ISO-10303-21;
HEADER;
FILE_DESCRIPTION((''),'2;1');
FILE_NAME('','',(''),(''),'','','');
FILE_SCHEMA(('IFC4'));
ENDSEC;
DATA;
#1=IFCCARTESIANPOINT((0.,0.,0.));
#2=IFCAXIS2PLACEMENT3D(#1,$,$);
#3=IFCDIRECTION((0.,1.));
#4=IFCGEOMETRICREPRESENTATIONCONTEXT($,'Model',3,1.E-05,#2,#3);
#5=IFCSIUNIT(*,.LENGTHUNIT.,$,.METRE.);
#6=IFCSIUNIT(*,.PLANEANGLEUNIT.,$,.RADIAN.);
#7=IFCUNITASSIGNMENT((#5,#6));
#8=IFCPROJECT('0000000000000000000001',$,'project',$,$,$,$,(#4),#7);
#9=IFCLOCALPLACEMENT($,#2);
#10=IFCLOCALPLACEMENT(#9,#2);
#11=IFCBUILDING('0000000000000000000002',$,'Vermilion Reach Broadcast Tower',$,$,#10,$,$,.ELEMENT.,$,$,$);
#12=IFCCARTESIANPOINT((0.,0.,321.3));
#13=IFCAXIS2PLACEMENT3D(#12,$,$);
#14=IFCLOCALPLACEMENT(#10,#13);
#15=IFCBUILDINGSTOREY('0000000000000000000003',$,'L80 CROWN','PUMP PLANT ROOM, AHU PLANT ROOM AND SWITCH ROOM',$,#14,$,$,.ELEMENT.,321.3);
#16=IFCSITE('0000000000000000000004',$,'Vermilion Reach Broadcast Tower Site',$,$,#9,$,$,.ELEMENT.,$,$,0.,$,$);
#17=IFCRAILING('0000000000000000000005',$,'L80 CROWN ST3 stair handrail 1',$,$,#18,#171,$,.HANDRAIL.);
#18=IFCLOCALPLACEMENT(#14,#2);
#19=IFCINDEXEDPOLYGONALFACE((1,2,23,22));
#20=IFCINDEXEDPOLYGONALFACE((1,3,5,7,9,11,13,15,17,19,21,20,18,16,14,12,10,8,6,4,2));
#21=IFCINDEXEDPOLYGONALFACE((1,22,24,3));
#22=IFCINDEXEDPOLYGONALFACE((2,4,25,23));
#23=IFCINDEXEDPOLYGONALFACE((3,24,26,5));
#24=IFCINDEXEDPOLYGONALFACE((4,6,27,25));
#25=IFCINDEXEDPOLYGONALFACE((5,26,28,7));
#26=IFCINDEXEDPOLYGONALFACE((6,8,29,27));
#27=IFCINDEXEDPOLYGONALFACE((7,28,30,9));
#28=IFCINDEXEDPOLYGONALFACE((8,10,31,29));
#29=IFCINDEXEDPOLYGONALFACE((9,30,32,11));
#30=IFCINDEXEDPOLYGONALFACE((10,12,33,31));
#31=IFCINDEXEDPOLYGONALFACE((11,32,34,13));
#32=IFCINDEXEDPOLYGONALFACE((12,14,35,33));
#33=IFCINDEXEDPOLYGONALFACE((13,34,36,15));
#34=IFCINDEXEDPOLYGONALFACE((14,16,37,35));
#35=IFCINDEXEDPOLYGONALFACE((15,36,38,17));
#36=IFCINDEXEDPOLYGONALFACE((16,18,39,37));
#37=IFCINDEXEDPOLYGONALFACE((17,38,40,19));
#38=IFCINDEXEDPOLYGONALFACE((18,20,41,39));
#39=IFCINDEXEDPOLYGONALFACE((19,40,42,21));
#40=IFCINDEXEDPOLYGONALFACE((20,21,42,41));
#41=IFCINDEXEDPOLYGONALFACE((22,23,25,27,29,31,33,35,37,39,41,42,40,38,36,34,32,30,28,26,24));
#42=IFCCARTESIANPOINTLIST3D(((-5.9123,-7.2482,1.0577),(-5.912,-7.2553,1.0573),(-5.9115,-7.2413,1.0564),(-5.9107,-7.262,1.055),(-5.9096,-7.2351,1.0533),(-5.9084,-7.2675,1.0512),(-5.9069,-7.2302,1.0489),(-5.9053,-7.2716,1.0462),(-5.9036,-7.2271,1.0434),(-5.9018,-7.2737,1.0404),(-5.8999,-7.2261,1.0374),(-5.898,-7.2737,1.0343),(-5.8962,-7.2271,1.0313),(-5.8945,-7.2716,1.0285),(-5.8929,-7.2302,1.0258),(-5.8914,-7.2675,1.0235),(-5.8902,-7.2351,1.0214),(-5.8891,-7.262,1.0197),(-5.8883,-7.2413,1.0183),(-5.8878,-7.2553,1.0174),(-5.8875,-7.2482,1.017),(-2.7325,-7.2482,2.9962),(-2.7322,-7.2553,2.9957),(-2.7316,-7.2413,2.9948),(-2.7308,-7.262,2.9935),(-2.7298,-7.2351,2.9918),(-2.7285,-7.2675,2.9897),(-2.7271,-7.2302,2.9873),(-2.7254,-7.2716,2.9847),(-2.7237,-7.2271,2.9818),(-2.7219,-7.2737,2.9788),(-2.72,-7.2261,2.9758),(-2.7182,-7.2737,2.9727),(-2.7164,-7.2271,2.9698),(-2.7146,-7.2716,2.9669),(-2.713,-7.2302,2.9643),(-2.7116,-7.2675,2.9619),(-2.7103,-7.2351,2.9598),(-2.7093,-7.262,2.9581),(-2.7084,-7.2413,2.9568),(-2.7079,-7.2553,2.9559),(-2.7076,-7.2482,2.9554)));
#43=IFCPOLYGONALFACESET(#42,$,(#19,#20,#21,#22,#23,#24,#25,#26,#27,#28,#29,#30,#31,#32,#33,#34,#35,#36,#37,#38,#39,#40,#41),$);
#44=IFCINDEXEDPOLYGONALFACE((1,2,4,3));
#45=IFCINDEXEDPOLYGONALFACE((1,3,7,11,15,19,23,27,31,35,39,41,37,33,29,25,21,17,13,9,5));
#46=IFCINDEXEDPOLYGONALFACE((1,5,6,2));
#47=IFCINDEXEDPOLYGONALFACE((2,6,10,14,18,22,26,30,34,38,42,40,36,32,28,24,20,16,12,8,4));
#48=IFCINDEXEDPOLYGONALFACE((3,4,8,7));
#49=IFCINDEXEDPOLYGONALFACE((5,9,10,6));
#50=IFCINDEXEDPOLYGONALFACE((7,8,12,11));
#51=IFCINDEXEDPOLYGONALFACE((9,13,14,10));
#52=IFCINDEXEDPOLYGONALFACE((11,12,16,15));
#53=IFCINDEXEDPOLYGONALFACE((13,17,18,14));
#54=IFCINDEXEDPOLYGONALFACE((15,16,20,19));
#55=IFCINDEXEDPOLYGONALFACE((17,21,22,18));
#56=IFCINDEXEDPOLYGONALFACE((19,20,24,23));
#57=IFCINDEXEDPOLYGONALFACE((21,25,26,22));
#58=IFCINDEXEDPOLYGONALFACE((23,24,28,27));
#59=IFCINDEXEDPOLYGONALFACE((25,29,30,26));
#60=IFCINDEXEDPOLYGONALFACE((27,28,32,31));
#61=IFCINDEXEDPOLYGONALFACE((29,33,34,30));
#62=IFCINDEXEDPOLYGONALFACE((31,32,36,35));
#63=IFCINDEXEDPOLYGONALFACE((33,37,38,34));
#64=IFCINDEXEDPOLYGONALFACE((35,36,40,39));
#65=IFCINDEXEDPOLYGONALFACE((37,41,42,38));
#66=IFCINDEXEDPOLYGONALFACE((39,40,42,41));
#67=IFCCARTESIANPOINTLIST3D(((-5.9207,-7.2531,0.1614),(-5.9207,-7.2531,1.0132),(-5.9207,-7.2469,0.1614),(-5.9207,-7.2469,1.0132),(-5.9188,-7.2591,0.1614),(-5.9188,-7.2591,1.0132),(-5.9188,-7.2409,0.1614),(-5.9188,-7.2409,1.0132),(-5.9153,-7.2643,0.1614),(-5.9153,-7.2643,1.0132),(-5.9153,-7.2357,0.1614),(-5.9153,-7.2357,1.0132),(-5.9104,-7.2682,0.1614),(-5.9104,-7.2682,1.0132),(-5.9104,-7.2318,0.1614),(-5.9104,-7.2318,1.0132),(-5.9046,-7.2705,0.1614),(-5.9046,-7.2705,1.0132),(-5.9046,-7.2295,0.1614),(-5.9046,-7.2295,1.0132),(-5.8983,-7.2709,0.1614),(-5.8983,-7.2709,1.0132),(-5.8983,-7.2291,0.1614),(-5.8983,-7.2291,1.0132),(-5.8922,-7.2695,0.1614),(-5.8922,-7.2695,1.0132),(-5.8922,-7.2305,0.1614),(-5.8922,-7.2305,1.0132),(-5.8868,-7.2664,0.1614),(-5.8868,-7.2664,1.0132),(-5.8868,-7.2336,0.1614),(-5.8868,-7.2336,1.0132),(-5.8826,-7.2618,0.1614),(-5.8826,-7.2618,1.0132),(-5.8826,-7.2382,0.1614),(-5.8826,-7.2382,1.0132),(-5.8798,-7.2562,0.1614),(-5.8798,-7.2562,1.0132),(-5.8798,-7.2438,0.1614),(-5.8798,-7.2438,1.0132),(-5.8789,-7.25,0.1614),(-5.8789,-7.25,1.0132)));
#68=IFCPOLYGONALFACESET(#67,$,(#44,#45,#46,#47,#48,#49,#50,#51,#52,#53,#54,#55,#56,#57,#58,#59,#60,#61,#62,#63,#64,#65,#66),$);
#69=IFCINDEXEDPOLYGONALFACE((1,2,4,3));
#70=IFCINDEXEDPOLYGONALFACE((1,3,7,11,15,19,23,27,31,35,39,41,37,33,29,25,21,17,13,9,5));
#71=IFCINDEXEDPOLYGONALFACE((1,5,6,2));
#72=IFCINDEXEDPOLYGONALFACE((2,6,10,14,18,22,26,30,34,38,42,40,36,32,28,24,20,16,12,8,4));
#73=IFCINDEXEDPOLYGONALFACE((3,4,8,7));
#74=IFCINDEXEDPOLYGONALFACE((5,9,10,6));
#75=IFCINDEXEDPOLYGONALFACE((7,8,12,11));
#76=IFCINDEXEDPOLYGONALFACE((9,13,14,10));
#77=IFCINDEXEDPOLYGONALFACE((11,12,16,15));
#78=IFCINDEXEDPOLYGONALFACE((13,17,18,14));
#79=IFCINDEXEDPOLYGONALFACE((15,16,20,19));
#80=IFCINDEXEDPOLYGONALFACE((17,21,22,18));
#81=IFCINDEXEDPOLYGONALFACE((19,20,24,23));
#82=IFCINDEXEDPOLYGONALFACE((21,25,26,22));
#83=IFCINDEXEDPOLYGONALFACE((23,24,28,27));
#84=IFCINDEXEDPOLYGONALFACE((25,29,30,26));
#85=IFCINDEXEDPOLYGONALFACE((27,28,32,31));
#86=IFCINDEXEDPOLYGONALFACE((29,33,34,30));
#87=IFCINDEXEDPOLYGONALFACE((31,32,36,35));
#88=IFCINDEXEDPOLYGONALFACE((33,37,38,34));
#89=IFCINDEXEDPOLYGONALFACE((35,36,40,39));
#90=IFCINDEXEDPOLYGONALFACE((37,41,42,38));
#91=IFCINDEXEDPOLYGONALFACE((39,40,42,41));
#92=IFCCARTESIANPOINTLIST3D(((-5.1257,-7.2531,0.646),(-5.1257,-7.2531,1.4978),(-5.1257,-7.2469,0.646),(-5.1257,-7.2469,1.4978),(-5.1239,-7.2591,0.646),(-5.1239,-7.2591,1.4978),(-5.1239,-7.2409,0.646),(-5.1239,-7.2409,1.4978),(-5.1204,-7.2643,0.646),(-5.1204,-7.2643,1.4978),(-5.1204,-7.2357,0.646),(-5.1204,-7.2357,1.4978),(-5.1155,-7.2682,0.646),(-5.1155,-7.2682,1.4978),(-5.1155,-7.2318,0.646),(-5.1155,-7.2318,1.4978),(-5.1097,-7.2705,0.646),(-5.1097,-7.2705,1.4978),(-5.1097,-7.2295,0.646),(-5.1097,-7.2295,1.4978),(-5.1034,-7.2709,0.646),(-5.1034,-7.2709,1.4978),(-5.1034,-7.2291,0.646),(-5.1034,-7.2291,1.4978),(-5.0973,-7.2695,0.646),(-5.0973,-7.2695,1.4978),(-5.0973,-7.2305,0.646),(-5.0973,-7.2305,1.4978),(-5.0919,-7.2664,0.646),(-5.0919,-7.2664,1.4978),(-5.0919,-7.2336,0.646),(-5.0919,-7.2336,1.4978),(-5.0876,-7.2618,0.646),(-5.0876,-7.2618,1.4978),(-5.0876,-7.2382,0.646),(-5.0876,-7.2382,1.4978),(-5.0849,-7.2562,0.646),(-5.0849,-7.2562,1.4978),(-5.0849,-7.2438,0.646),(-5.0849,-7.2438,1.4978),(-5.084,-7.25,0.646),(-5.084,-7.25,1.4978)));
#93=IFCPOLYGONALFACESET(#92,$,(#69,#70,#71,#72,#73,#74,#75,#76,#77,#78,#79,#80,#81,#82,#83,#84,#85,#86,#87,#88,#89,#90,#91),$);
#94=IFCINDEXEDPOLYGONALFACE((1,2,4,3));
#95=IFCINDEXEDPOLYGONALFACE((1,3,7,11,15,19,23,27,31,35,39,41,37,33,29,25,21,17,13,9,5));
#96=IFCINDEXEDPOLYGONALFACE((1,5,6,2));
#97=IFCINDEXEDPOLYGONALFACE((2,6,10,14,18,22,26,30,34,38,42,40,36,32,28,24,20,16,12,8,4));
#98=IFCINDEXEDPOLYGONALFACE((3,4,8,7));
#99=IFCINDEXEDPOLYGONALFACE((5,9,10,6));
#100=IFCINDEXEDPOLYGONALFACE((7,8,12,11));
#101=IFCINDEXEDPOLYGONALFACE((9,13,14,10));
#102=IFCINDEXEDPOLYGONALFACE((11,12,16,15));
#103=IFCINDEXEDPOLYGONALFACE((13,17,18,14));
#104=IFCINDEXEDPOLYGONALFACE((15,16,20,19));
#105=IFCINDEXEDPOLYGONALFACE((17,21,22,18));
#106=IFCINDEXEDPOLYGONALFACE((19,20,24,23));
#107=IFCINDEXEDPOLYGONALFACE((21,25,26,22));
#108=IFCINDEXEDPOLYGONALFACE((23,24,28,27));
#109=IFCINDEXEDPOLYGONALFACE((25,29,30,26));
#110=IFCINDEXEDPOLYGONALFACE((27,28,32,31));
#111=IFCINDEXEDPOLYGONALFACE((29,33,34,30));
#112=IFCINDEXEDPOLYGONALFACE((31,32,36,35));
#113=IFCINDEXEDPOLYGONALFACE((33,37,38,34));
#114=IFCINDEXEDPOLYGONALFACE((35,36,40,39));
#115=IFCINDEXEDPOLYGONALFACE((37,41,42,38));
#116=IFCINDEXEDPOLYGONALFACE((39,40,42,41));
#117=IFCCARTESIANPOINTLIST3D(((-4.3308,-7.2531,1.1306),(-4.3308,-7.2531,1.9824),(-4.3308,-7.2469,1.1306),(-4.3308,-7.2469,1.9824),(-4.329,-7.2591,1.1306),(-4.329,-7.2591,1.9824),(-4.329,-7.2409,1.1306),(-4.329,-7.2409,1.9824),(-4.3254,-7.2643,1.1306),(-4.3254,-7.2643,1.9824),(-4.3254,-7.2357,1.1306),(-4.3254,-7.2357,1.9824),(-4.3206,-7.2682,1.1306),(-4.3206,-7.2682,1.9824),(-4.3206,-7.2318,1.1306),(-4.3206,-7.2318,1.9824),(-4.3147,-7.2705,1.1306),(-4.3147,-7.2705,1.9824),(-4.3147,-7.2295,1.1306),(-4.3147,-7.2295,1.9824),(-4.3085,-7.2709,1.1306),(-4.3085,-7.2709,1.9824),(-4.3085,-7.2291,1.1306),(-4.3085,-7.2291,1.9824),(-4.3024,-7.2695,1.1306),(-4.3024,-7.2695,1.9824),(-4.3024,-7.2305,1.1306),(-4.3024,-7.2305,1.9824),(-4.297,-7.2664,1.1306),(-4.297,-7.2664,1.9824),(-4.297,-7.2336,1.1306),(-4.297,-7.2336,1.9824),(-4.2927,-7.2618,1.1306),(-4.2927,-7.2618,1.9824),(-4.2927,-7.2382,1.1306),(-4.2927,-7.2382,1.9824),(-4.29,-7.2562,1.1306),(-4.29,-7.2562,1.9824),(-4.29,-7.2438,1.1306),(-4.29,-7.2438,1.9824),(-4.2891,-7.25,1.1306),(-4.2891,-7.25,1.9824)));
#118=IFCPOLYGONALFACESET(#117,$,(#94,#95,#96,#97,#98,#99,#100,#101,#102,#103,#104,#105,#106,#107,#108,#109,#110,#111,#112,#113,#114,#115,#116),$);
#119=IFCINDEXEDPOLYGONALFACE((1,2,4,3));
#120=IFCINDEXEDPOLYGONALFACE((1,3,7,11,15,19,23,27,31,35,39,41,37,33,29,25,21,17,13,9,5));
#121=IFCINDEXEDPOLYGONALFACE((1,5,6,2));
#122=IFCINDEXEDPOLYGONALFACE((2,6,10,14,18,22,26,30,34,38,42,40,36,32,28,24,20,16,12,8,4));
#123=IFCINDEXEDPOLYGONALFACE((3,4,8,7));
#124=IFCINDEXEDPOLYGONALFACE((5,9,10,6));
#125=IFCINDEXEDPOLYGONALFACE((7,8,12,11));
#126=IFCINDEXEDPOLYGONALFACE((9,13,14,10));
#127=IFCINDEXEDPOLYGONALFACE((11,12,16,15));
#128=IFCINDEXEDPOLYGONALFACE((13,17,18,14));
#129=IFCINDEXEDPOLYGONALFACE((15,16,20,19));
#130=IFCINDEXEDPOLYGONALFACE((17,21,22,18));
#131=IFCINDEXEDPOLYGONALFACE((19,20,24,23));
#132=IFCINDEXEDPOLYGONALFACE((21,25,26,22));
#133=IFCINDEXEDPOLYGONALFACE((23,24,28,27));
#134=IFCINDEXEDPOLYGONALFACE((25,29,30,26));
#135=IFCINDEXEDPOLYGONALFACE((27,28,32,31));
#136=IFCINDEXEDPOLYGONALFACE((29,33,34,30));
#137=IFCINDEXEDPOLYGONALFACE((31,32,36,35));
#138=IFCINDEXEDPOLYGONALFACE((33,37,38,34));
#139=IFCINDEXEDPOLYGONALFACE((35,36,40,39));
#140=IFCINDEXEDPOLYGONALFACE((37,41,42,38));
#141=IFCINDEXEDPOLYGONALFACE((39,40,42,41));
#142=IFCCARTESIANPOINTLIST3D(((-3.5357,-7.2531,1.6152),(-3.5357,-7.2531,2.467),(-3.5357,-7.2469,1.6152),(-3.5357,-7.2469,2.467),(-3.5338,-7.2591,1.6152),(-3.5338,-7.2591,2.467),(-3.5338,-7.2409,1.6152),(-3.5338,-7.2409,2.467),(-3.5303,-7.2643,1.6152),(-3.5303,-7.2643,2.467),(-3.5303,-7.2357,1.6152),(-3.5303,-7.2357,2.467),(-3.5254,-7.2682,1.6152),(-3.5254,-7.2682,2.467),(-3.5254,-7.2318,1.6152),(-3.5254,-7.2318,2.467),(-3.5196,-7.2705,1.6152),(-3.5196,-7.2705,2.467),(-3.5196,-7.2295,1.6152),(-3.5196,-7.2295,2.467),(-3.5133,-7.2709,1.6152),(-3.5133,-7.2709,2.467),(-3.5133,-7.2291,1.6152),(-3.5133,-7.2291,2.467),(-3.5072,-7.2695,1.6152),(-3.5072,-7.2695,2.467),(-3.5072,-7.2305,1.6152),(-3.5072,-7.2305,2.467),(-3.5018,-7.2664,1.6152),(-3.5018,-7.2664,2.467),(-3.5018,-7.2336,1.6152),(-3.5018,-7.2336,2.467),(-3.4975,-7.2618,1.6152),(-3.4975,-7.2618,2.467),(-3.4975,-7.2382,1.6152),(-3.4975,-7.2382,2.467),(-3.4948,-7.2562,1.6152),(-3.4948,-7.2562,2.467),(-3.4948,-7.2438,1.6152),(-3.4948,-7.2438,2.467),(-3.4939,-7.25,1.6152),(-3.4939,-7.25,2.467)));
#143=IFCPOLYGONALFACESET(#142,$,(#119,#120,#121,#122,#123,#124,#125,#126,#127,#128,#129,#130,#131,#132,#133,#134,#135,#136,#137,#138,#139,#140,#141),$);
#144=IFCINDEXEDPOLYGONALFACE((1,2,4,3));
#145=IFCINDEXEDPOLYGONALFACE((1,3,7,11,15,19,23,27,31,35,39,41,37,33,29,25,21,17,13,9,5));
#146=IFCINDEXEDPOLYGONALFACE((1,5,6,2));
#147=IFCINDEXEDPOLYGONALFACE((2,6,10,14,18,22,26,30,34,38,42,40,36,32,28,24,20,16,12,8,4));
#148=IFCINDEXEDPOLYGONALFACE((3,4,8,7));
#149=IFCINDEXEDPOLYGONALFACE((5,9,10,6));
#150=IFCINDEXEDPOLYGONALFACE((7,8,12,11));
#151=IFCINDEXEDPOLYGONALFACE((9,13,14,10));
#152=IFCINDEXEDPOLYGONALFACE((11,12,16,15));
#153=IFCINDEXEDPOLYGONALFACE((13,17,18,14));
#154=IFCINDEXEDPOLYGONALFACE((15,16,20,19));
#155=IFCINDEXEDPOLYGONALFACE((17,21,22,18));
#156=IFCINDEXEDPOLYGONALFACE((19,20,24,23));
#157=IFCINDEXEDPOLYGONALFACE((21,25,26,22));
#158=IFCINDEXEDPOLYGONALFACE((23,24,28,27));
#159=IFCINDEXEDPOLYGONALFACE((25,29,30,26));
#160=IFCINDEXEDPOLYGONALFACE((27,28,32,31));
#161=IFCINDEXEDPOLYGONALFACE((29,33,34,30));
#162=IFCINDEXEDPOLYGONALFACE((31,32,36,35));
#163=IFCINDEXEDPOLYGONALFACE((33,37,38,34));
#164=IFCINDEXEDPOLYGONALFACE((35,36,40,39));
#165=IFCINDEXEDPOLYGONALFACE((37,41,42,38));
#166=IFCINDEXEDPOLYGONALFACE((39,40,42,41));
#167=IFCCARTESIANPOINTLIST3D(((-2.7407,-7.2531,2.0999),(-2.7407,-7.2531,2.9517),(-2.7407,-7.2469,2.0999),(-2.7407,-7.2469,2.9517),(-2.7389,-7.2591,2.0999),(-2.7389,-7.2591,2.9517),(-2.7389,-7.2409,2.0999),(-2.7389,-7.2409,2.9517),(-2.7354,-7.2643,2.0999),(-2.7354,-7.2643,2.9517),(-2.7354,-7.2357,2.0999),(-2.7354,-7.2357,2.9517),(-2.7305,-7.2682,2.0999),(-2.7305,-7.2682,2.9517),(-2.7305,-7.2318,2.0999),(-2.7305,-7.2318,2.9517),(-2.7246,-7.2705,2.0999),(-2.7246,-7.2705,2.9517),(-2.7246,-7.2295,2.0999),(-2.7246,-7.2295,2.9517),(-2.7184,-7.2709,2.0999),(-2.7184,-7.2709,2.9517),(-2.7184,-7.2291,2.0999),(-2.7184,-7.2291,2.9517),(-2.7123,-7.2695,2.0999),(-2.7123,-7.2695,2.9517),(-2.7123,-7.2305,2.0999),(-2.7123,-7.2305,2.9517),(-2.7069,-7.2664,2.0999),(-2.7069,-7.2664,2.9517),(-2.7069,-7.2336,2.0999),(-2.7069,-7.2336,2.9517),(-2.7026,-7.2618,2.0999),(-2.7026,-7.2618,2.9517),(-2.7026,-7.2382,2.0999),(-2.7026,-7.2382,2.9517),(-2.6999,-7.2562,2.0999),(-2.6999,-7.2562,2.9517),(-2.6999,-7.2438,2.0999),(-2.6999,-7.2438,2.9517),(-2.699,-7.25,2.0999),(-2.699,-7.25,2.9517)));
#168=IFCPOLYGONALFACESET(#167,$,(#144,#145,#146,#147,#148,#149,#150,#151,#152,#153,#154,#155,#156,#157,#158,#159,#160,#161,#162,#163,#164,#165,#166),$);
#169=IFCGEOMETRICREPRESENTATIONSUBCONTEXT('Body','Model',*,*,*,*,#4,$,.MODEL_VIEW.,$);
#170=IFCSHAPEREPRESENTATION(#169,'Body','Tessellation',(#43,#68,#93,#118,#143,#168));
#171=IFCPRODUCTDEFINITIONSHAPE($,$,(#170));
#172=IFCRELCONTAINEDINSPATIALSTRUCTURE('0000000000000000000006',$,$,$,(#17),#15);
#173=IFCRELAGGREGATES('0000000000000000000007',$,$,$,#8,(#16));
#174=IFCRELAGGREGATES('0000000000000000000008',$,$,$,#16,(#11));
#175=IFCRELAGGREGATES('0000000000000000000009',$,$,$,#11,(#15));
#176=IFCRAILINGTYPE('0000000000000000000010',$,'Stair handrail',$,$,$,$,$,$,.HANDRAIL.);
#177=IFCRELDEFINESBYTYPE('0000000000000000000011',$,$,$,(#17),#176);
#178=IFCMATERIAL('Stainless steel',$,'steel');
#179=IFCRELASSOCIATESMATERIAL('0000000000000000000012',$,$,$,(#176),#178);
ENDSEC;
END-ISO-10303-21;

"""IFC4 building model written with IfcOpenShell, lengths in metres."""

from ifc_helpers import new_model, si_unit, direction, frame, origin, origin_2d, place, context, subcontext, project, spatial, circle, extrude, material, type_object, element, save


model = new_model("IFC4")

# Units and contexts
model_context = context("Model", 3, precision=1e-05, world=origin(), true_north=direction((0.0, 1.0)))
body_context = subcontext(model_context, "Body", "Model", "MODEL_VIEW")
ifc_project = project(units=[si_unit("LENGTHUNIT", "METRE"), si_unit("PLANEANGLEUNIT", "RADIAN")], contexts=[model_context])

# Site, building, storey
site_placement = place(None, origin())
site = spatial("IfcSite", under=ifc_project, at=site_placement, Name="Vermilion Reach Broadcast Tower Site", CompositionType="ELEMENT", RefElevation=0.0)
building_placement = place(site_placement, origin())
building = spatial("IfcBuilding", under=site, at=building_placement, Name="Vermilion Reach Broadcast Tower", CompositionType="ELEMENT")
storey_placement = place(building_placement, frame((0.0, 0.0, 321.3)))
storey = spatial("IfcBuildingStorey", under=building, at=storey_placement, Name="L80 CROWN", Description="PUMP PLANT ROOM, AHU PLANT ROOM AND SWITCH ROOM", CompositionType="ELEMENT", Elevation=321.3)

# Railing
ifc_material_1 = material(Name="Stainless steel", Category="steel")
railing_type_1 = type_object("IfcRailingType", Name="Stair handrail", PredefinedType="HANDRAIL", material=ifc_material_1)
railing_1_placement = place(storey_placement, frame((-5.8999, -7.25, 0.1614)))
element("IfcRailing", 1, at=railing_1_placement, inside=storey, type_object=railing_type_1, Name="L80 CROWN ST3 stair handrail 1", PredefinedType="HANDRAIL", context=body_context, shape_type="SweptSolid", body=[
    extrude(circle(Radius=0.0239, at=origin_2d()), frame((0.0, 0.0, 0.876), z_axis=(0.853857, 0.0, 0.520508), x_axis=(0.0, 1.0, 0.0)), (0.0, 0.0, 1.0), 3.7241),
    extrude(circle(Radius=0.021, at=origin_2d()), origin(), (0.0, 0.0, 1.0), 0.8518),
    extrude(circle(Radius=0.021, at=origin_2d()), frame((0.7949, 0.0, 0.4846)), (0.0, 0.0, 1.0), 0.8518),
    extrude(circle(Radius=0.021, at=origin_2d()), frame((1.5898, 0.0, 0.9692)), (0.0, 0.0, 1.0), 0.8518),
    extrude(circle(Radius=0.021, at=origin_2d()), frame((2.385, 0.0, 1.4539)), (0.0, 0.0, 1.0), 0.8518),
    extrude(circle(Radius=0.021, at=origin_2d()), frame((3.1799, 0.0, 1.9385)), (0.0, 0.0, 1.0), 0.8518),
])

save(model, "model.ifc")
